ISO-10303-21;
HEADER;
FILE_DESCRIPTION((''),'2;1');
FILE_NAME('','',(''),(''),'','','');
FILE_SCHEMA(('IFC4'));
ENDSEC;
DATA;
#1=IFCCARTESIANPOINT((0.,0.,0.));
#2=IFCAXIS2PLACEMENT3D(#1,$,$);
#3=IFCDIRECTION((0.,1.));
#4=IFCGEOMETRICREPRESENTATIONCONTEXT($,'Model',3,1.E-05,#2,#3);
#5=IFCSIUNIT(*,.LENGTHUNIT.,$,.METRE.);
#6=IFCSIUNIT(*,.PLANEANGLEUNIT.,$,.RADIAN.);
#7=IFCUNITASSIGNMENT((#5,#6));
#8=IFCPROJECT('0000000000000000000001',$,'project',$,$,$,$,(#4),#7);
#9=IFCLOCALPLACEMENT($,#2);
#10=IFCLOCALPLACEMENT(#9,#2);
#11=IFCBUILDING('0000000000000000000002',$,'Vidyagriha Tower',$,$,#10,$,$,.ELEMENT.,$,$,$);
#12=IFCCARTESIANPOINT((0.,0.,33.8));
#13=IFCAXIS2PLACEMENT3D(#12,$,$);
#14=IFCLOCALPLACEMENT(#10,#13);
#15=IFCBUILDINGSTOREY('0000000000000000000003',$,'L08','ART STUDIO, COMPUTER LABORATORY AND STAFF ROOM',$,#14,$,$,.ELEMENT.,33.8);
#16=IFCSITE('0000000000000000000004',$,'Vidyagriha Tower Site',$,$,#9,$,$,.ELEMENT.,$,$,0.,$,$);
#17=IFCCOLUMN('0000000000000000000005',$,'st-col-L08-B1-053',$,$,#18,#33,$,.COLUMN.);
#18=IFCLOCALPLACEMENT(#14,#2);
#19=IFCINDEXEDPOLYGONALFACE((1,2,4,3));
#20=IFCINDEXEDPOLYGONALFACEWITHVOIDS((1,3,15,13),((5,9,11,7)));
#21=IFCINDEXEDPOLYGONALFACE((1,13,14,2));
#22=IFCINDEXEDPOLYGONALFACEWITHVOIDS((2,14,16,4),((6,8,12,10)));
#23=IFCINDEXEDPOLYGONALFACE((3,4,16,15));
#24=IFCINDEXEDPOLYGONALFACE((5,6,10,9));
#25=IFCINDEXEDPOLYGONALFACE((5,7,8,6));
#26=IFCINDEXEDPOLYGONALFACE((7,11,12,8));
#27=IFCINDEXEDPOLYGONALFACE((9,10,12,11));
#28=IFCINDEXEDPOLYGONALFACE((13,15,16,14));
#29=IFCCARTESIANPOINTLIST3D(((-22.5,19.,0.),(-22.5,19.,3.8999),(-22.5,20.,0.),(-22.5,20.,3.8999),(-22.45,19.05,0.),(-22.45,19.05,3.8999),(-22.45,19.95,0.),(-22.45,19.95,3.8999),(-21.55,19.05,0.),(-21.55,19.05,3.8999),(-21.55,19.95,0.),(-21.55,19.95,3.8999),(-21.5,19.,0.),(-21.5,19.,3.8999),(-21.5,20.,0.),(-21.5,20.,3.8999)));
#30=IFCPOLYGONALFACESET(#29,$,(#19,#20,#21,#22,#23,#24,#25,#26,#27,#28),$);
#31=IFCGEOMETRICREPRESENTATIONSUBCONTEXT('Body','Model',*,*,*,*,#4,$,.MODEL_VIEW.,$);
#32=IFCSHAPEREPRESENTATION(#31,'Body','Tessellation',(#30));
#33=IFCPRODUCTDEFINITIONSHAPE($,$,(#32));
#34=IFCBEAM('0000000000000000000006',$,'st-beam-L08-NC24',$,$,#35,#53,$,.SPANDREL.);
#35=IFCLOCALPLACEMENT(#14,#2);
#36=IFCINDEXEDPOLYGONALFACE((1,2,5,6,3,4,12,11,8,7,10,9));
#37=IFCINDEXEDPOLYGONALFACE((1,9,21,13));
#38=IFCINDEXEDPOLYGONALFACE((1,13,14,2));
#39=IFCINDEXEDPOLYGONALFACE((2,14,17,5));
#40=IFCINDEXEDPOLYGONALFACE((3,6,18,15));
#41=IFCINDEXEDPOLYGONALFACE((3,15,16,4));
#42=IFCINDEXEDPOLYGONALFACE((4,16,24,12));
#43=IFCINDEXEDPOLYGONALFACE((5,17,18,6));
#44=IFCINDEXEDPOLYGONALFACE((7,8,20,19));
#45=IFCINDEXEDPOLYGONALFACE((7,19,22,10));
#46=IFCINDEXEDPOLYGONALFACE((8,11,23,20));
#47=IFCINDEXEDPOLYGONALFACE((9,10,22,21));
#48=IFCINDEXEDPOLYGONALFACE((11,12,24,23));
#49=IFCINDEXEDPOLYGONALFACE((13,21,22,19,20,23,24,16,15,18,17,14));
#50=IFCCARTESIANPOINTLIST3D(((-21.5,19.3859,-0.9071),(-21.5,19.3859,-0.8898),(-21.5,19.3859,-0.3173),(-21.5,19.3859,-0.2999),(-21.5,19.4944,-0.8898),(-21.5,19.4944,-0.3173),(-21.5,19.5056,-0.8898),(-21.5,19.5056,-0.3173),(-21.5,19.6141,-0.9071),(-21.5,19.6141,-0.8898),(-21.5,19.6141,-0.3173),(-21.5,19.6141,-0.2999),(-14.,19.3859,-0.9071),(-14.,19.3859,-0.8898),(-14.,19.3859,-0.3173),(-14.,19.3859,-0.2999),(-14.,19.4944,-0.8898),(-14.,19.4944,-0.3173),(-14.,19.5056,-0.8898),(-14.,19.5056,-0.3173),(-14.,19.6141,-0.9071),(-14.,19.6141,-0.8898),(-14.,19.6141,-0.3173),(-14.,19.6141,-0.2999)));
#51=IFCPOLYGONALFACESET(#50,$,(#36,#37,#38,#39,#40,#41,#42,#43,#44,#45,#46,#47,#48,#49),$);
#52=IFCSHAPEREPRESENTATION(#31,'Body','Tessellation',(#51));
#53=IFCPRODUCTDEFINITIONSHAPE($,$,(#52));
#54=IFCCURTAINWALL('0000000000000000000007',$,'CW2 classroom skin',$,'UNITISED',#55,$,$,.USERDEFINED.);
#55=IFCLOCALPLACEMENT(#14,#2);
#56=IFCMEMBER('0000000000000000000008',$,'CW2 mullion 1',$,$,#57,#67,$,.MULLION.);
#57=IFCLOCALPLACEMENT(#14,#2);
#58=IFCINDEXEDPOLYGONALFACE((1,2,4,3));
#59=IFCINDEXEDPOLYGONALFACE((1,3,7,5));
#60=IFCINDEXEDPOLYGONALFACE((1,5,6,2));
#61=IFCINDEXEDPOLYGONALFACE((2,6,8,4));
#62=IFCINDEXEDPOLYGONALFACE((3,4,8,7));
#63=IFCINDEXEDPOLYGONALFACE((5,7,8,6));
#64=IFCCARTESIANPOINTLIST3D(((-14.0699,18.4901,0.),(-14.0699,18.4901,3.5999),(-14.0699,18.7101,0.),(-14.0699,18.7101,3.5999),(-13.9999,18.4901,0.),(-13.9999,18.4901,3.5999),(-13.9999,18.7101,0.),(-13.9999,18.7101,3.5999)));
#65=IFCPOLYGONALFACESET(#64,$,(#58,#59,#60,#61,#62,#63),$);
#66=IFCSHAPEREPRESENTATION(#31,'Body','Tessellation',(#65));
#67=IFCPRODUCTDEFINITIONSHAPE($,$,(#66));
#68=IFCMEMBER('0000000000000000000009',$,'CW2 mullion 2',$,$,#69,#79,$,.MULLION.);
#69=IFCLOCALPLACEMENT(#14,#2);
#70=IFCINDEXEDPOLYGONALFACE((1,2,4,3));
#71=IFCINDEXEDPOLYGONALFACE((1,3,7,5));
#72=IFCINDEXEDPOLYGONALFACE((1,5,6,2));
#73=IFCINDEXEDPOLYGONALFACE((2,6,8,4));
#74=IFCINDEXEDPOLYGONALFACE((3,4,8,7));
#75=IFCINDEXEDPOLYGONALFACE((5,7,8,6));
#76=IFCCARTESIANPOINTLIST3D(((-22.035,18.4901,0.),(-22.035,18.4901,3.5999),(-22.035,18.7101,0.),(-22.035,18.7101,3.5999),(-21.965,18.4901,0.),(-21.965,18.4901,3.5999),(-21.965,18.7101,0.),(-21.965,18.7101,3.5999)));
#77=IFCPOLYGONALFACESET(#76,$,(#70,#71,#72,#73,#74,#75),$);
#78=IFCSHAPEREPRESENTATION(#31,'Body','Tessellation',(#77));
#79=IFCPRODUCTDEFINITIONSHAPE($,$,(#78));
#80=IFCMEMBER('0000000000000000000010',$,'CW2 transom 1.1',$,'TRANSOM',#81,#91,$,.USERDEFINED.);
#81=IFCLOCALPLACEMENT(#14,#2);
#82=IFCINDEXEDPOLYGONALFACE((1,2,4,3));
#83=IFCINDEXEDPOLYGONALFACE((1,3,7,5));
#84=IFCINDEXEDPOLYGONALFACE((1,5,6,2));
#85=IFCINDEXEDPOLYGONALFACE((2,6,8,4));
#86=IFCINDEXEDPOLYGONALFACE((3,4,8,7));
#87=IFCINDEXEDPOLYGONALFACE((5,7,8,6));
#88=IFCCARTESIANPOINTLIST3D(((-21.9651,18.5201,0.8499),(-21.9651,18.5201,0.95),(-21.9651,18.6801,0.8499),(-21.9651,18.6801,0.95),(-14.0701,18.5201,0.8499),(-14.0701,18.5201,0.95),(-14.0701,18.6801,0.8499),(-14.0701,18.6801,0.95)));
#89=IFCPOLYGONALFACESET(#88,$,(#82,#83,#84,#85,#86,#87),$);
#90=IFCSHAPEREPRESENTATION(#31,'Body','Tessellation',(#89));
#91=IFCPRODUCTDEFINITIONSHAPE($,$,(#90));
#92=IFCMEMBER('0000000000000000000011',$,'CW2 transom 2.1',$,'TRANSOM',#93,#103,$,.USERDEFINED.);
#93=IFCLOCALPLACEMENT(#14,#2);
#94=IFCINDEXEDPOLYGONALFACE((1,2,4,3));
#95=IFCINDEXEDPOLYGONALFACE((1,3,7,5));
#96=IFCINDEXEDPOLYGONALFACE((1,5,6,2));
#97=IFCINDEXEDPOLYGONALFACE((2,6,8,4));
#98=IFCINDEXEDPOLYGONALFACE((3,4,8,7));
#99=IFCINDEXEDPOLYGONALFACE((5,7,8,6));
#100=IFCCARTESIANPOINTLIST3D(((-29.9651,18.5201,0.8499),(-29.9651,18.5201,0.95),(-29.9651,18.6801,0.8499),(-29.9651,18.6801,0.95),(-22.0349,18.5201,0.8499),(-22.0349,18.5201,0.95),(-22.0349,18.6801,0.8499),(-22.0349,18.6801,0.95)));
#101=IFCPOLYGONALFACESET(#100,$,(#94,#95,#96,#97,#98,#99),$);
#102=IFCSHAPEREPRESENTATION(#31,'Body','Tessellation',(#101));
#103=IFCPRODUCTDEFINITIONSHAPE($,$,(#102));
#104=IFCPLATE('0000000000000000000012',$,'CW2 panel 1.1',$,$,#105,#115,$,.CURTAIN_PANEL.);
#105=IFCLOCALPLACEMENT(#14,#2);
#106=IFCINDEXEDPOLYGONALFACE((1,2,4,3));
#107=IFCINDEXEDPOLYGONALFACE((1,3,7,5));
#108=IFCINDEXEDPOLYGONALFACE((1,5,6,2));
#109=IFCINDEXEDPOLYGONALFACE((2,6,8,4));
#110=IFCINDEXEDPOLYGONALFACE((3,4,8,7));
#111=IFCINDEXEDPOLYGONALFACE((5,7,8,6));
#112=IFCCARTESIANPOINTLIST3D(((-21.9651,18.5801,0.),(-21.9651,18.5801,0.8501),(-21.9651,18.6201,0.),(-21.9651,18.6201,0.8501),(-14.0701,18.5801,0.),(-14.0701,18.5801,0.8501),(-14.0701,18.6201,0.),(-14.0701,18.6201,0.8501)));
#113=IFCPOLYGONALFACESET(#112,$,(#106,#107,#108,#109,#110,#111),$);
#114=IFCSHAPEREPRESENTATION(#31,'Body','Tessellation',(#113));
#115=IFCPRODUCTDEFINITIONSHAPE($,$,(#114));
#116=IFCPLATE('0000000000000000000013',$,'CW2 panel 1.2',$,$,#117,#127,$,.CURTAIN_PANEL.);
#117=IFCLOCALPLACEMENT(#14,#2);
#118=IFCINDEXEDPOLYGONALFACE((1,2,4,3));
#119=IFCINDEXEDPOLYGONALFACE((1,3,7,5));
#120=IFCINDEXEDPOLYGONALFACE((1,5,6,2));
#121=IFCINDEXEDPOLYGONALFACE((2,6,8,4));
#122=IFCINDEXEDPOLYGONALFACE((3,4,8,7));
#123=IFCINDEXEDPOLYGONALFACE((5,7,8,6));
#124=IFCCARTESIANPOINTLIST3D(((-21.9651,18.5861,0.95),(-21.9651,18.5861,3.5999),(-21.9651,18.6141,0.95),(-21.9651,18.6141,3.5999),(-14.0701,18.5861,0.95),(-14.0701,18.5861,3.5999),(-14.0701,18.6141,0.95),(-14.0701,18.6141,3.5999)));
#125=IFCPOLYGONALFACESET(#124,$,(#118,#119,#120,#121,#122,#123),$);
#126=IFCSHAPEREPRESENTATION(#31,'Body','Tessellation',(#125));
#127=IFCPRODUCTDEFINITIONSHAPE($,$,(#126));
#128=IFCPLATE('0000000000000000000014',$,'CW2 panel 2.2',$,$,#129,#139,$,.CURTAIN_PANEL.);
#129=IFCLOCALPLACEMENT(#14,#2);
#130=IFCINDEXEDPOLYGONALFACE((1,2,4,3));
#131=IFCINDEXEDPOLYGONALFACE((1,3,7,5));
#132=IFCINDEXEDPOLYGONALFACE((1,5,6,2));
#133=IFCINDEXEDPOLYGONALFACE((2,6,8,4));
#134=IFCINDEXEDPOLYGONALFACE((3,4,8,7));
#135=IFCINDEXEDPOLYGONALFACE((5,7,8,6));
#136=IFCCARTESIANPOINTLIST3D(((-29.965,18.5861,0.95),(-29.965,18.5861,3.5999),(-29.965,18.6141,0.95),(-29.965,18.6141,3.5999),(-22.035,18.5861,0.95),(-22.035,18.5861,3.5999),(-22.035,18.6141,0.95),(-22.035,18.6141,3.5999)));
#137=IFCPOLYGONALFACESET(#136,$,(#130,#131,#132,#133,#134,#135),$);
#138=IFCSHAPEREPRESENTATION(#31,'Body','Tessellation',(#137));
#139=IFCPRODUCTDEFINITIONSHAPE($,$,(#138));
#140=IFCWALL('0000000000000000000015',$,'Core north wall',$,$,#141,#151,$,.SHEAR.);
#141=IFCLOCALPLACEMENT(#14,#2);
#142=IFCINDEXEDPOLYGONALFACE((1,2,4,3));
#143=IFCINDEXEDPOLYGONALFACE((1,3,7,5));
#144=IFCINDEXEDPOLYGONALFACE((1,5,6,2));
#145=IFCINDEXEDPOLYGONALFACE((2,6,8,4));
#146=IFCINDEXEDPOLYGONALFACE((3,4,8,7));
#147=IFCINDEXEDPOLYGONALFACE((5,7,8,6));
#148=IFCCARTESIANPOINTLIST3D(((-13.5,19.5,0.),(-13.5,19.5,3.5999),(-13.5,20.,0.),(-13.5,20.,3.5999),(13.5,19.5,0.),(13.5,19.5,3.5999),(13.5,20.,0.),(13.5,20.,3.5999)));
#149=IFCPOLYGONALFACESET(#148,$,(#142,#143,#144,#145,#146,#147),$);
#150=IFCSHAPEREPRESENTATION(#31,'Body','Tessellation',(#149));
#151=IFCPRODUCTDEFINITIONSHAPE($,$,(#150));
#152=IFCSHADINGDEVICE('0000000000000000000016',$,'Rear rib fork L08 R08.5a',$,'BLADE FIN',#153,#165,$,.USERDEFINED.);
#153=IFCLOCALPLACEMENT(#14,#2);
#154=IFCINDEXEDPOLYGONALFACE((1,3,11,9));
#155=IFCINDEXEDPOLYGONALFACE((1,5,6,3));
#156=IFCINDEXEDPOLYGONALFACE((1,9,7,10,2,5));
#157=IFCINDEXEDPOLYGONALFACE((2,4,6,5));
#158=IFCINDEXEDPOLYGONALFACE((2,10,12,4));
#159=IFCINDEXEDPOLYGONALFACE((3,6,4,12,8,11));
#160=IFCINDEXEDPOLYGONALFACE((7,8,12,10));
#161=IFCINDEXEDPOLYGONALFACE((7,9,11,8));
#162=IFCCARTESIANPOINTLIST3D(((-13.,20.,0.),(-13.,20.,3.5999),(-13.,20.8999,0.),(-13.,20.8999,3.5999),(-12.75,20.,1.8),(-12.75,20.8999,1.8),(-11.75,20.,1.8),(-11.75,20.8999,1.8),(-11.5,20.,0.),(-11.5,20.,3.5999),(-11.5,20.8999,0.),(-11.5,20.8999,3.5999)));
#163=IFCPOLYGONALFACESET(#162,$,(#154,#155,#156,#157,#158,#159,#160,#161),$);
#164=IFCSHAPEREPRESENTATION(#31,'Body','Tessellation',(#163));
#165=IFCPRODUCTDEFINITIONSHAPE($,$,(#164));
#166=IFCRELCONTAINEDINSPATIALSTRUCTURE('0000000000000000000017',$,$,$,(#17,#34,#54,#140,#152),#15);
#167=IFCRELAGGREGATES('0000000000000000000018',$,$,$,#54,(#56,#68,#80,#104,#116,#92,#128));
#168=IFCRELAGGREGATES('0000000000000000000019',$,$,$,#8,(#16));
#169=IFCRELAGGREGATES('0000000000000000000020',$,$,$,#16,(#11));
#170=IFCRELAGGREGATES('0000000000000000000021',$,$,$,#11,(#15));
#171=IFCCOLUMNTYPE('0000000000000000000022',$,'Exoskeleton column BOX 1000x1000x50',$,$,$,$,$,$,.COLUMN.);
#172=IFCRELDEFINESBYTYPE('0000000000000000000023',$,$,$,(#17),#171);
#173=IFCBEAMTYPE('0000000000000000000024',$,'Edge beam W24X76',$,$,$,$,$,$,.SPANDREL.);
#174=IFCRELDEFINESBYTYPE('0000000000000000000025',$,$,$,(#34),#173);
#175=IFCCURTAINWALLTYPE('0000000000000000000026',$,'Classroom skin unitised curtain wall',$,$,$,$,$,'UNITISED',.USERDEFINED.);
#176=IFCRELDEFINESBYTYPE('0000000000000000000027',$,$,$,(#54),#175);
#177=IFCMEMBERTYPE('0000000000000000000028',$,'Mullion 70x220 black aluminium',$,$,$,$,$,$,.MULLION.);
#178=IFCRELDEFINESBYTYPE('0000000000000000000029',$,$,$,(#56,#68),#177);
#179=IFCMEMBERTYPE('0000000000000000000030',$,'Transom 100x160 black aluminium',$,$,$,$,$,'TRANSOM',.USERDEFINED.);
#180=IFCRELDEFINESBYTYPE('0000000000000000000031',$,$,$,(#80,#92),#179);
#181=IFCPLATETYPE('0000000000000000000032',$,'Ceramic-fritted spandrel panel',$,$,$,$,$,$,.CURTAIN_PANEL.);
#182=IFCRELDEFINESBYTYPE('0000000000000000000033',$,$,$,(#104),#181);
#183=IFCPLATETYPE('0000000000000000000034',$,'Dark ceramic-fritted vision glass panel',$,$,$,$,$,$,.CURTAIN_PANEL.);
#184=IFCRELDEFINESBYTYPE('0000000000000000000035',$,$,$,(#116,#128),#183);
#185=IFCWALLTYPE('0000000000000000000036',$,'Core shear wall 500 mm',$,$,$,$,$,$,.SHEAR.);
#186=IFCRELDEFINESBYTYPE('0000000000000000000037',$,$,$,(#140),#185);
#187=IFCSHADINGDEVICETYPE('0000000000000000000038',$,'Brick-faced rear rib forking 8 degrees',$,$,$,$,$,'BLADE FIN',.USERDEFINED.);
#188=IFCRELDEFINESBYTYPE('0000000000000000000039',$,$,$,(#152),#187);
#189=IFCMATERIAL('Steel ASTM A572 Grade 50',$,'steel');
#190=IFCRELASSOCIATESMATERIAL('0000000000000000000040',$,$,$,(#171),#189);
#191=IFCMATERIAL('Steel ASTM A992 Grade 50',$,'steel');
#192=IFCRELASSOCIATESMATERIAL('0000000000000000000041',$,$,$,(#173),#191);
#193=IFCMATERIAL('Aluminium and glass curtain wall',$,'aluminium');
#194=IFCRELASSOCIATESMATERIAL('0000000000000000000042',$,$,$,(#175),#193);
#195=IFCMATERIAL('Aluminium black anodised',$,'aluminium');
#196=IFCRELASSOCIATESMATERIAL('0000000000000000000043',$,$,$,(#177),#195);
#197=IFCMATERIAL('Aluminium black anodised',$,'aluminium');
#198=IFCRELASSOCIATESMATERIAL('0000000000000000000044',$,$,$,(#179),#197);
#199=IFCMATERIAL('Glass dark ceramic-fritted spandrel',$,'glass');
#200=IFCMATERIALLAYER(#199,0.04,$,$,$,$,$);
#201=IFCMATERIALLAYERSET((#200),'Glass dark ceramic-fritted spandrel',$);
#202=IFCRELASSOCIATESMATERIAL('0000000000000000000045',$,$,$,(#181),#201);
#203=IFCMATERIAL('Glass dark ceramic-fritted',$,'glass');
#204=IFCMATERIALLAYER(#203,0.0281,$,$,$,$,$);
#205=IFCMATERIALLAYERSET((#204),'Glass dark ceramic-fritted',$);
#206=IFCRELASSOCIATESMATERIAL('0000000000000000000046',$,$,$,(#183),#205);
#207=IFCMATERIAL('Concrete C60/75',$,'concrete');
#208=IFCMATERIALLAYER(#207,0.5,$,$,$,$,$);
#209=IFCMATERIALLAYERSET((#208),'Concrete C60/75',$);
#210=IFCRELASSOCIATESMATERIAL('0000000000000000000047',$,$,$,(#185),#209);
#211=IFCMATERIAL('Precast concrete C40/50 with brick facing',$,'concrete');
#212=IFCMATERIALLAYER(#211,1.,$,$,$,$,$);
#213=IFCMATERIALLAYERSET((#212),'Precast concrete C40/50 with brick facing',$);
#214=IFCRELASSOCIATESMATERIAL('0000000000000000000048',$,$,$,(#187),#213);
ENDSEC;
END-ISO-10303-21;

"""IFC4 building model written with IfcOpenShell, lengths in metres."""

from ifc_helpers import new_model, si_unit, direction, frame, frame_2d, origin, origin_2d, place, context, subcontext, project, spatial, polyline, rectangle, hollow_rectangle, i_section, outline, extrude, material, layer, layer_set, material_profile, profile_set, type_object, element, aggregate, save


model = new_model("IFC4")

# Units and contexts
model_context = context("Model", 3, precision=1e-05, world=origin(), true_north=direction((0.0, 1.0)))
body_context = subcontext(model_context, "Body", "Model", "MODEL_VIEW")
ifc_project = project(units=[si_unit("LENGTHUNIT", "METRE"), si_unit("PLANEANGLEUNIT", "RADIAN")], contexts=[model_context])

# Site, building, storey
site_placement = place(None, origin())
site = spatial("IfcSite", under=ifc_project, at=site_placement, Name="Vidyagriha Tower Site", CompositionType="ELEMENT", RefElevation=0.0)
building_placement = place(site_placement, origin())
building = spatial("IfcBuilding", under=site, at=building_placement, Name="Vidyagriha Tower", CompositionType="ELEMENT")
storey_placement = place(building_placement, frame((0.0, 0.0, 33.8)))
storey = spatial("IfcBuildingStorey", under=building, at=storey_placement, Name="L08", Description="ART STUDIO, COMPUTER LABORATORY AND STAFF ROOM", CompositionType="ELEMENT", Elevation=33.8)

# Column
ifc_material_1 = material(Name="Steel ASTM A572 Grade 50", Category="steel")
ifc_material_profile_1 = material_profile(ifc_material_1, hollow_rectangle(XDim=1.0, YDim=1.0, WallThickness=0.05, at=origin_2d()), Name="BOX 1000x1000x50")
ifc_profile_set_1 = profile_set([ifc_material_profile_1], Name="Steel ASTM A572 Grade 50")
column_type = type_object("IfcColumnType", Name="Exoskeleton column BOX 1000x1000x50", PredefinedType="COLUMN", material=ifc_profile_set_1)
column_placement = place(storey_placement, frame((-22.0, 19.5, 0.0)))
element("IfcColumn", 1, at=column_placement, inside=storey, type_object=column_type, Name="st-col-L08-B1-053", PredefinedType="COLUMN", context=body_context, shape_type="SweptSolid", body=[
    extrude(hollow_rectangle(XDim=1.0, YDim=1.0, WallThickness=0.05, at=origin_2d()), origin(), (0.0, 0.0, 1.0), 3.8999),
])

# Beam
ifc_material_2 = material(Name="Steel ASTM A992 Grade 50", Category="steel")
ifc_material_profile_2 = material_profile(ifc_material_2, i_section(OverallWidth=0.2283, OverallDepth=0.6072, WebThickness=0.0112, FlangeThickness=0.0173, at=origin_2d()), Name="W24X76")
ifc_profile_set_2 = profile_set([ifc_material_profile_2], Name="Steel ASTM A992 Grade 50")
beam_type = type_object("IfcBeamType", Name="Edge beam W24X76", PredefinedType="SPANDREL", material=ifc_profile_set_2)
beam_placement = place(storey_placement, frame((-21.5, 19.5, -0.6035), z_axis=(1.0, 0.0, 0.0), x_axis=(0.0, 1.0, 0.0)))
element("IfcBeam", 2, at=beam_placement, inside=storey, type_object=beam_type, Name="st-beam-L08-NC24", PredefinedType="SPANDREL", context=body_context, shape_type="SweptSolid", body=[
    extrude(i_section(OverallWidth=0.2283, OverallDepth=0.6072, WebThickness=0.0112, FlangeThickness=0.0173, at=origin_2d()), origin(), (0.0, 0.0, 1.0), 7.5),
])

# Curtain wall, members, plates
ifc_material_3 = material(Name="Aluminium and glass curtain wall", Category="aluminium")
curtain_wall_type = type_object("IfcCurtainWallType", Name="Classroom skin unitised curtain wall", ElementType="UNITISED", PredefinedType="USERDEFINED", material=ifc_material_3)
curtain_wall_placement = place(storey_placement, origin())
curtain_wall = element("IfcCurtainWall", 3, at=curtain_wall_placement, inside=storey, type_object=curtain_wall_type, Name="CW2 classroom skin", ObjectType="UNITISED", PredefinedType="USERDEFINED")
ifc_material_4 = material(Name="Aluminium black anodised", Category="aluminium")
ifc_material_profile_3 = material_profile(ifc_material_4, rectangle(XDim=0.22, YDim=0.0701, at=origin_2d()), Name="Mullion 70x220 black aluminium")
ifc_profile_set_3 = profile_set([ifc_material_profile_3], Name="Aluminium black anodised")
member_type_1 = type_object("IfcMemberType", Name="Mullion 70x220 black aluminium", PredefinedType="MULLION", material=ifc_profile_set_3)
member_1_placement = place(storey_placement, frame((-14.0349, 18.6001, 0.0), z_axis=(0.0, 0.0, 1.0), x_axis=(0.0, -1.0, 0.0)))
member_1 = element("IfcMember", 4, at=member_1_placement, type_object=member_type_1, Name="CW2 mullion 1", PredefinedType="MULLION", context=body_context, shape_type="SweptSolid", body=[
    extrude(rectangle(XDim=0.22, YDim=0.0701, at=origin_2d()), origin(), (0.0, 0.0, 1.0), 3.5999),
])
member_2_placement = place(storey_placement, frame((-22.0, 18.6001, 0.0), z_axis=(0.0, 0.0, 1.0), x_axis=(0.0, -1.0, 0.0)))
member_2 = element("IfcMember", 5, at=member_2_placement, type_object=member_type_1, Name="CW2 mullion 2", PredefinedType="MULLION", context=body_context, shape_type="SweptSolid", body=[
    extrude(rectangle(XDim=0.22, YDim=0.0701, at=origin_2d()), origin(), (0.0, 0.0, 1.0), 3.5999),
])
ifc_material_5 = material(Name="Aluminium black anodised", Category="aluminium")
ifc_material_profile_4 = material_profile(ifc_material_5, rectangle(XDim=0.1599, YDim=0.1001, at=origin_2d()), Name="Transom 100x160 black aluminium")
ifc_profile_set_4 = profile_set([ifc_material_profile_4], Name="Aluminium black anodised")
member_type_2 = type_object("IfcMemberType", Name="Transom 100x160 black aluminium", ElementType="TRANSOM", PredefinedType="USERDEFINED", material=ifc_profile_set_4)
member_3_placement = place(storey_placement, frame((-14.0701, 18.6001, 0.8999), z_axis=(-1.0, 0.0, 0.0), x_axis=(0.0, -1.0, 0.0)))
member_3 = element("IfcMember", 6, at=member_3_placement, type_object=member_type_2, Name="CW2 transom 1.1", ObjectType="TRANSOM", PredefinedType="USERDEFINED", context=body_context, shape_type="SweptSolid", body=[
    extrude(rectangle(XDim=0.1599, YDim=0.1001, at=origin_2d()), origin(), (0.0, 0.0, 1.0), 7.895),
])
member_4_placement = place(storey_placement, frame((-22.0349, 18.6001, 0.8999), z_axis=(-1.0, 0.0, 0.0), x_axis=(0.0, -1.0, 0.0)))
member_4 = element("IfcMember", 7, at=member_4_placement, type_object=member_type_2, Name="CW2 transom 2.1", ObjectType="TRANSOM", PredefinedType="USERDEFINED", context=body_context, shape_type="SweptSolid", body=[
    extrude(rectangle(XDim=0.1599, YDim=0.1001, at=origin_2d()), origin(), (0.0, 0.0, 1.0), 7.9302),
])
ifc_material_6 = material(Name="Glass dark ceramic-fritted spandrel", Category="glass")
ifc_layer_1 = layer(ifc_material_6, 0.04)
ifc_layer_set_1 = layer_set([ifc_layer_1], Name="Glass dark ceramic-fritted spandrel")
plate_type_1 = type_object("IfcPlateType", Name="Ceramic-fritted spandrel panel", PredefinedType="CURTAIN_PANEL", material=ifc_layer_set_1)
plate_1_placement = place(storey_placement, frame((-18.0176, 18.6001, 0.0), z_axis=(0.0, 0.0, 1.0), x_axis=(-1.0, 0.0, 0.0)))
plate_1 = element("IfcPlate", 8, at=plate_1_placement, type_object=plate_type_1, Name="CW2 panel 1.1", PredefinedType="CURTAIN_PANEL", context=body_context, shape_type="SweptSolid", body=[
    extrude(rectangle(XDim=7.895, YDim=0.04, at=origin_2d()), origin(), (0.0, 0.0, 1.0), 0.8501),
])
ifc_material_7 = material(Name="Glass dark ceramic-fritted", Category="glass")
ifc_layer_2 = layer(ifc_material_7, 0.0281)
ifc_layer_set_2 = layer_set([ifc_layer_2], Name="Glass dark ceramic-fritted")
plate_type_2 = type_object("IfcPlateType", Name="Dark ceramic-fritted vision glass panel", PredefinedType="CURTAIN_PANEL", material=ifc_layer_set_2)
plate_2_placement = place(storey_placement, frame((-18.0176, 18.6001, 0.95), z_axis=(0.0, 0.0, 1.0), x_axis=(-1.0, 0.0, 0.0)))
plate_2 = element("IfcPlate", 9, at=plate_2_placement, type_object=plate_type_2, Name="CW2 panel 1.2", PredefinedType="CURTAIN_PANEL", context=body_context, shape_type="SweptSolid", body=[
    extrude(rectangle(XDim=7.895, YDim=0.0281, at=origin_2d()), origin(), (0.0, 0.0, 1.0), 2.6499),
])
plate_3_placement = place(storey_placement, frame((-26.0, 18.6001, 0.95), z_axis=(0.0, 0.0, 1.0), x_axis=(-1.0, 0.0, 0.0)))
plate_3 = element("IfcPlate", 10, at=plate_3_placement, type_object=plate_type_2, Name="CW2 panel 2.2", PredefinedType="CURTAIN_PANEL", context=body_context, shape_type="SweptSolid", body=[
    extrude(rectangle(XDim=7.9299, YDim=0.0281, at=origin_2d()), origin(), (0.0, 0.0, 1.0), 2.6499),
])
aggregate(curtain_wall, [member_1, member_2, member_3, plate_1, plate_2, member_4, plate_3])

# Wall
ifc_material_8 = material(Name="Concrete C60/75", Category="concrete")
ifc_layer_3 = layer(ifc_material_8, 0.5)
ifc_layer_set_3 = layer_set([ifc_layer_3], Name="Concrete C60/75")
wall_type = type_object("IfcWallType", Name="Core shear wall 500 mm", PredefinedType="SHEAR", material=ifc_layer_set_3)
wall_placement = place(storey_placement, frame((-13.5, 19.75, 0.0)))
element("IfcWall", 11, at=wall_placement, inside=storey, type_object=wall_type, Name="Core north wall", PredefinedType="SHEAR", context=body_context, shape_type="SweptSolid", body=[
    extrude(rectangle(XDim=27.0, YDim=0.5, at=frame_2d((13.5, 0.0))), origin(), (0.0, 0.0, 1.0), 3.5999),
])

# Shading device
ifc_material_9 = material(Name="Precast concrete C40/50 with brick facing", Category="concrete")
ifc_layer_4 = layer(ifc_material_9, 1.0)
ifc_layer_set_4 = layer_set([ifc_layer_4], Name="Precast concrete C40/50 with brick facing")
shading_device_type = type_object("IfcShadingDeviceType", Name="Brick-faced rear rib forking 8 degrees", ElementType="BLADE FIN", PredefinedType="USERDEFINED", material=ifc_layer_set_4)
shading_device_placement = place(storey_placement, frame((-11.5, 20.45, 0.0), z_axis=(0.0, 0.0, 1.0), x_axis=(-1.0, 0.0, 0.0)))
element("IfcShadingDevice", 12, at=shading_device_placement, inside=storey, type_object=shading_device_type, Name="Rear rib fork L08 R08.5a", ObjectType="BLADE FIN", PredefinedType="USERDEFINED", context=body_context, shape_type="SweptSolid", body=[
    extrude(outline(polyline([(0.0, 0.0), (1.5, 0.0), (1.25, 1.8), (1.5, 3.5999), (0.0, 3.5999), (0.25, 1.8), (0.0, 0.0)])), frame((0.0, 0.45, 0.0), z_axis=(0.0, -1.0, 0.0), x_axis=(1.0, 0.0, 0.0)), (0.0, 0.0, 1.0), 0.8999),
])

save(model, "model.ifc")
